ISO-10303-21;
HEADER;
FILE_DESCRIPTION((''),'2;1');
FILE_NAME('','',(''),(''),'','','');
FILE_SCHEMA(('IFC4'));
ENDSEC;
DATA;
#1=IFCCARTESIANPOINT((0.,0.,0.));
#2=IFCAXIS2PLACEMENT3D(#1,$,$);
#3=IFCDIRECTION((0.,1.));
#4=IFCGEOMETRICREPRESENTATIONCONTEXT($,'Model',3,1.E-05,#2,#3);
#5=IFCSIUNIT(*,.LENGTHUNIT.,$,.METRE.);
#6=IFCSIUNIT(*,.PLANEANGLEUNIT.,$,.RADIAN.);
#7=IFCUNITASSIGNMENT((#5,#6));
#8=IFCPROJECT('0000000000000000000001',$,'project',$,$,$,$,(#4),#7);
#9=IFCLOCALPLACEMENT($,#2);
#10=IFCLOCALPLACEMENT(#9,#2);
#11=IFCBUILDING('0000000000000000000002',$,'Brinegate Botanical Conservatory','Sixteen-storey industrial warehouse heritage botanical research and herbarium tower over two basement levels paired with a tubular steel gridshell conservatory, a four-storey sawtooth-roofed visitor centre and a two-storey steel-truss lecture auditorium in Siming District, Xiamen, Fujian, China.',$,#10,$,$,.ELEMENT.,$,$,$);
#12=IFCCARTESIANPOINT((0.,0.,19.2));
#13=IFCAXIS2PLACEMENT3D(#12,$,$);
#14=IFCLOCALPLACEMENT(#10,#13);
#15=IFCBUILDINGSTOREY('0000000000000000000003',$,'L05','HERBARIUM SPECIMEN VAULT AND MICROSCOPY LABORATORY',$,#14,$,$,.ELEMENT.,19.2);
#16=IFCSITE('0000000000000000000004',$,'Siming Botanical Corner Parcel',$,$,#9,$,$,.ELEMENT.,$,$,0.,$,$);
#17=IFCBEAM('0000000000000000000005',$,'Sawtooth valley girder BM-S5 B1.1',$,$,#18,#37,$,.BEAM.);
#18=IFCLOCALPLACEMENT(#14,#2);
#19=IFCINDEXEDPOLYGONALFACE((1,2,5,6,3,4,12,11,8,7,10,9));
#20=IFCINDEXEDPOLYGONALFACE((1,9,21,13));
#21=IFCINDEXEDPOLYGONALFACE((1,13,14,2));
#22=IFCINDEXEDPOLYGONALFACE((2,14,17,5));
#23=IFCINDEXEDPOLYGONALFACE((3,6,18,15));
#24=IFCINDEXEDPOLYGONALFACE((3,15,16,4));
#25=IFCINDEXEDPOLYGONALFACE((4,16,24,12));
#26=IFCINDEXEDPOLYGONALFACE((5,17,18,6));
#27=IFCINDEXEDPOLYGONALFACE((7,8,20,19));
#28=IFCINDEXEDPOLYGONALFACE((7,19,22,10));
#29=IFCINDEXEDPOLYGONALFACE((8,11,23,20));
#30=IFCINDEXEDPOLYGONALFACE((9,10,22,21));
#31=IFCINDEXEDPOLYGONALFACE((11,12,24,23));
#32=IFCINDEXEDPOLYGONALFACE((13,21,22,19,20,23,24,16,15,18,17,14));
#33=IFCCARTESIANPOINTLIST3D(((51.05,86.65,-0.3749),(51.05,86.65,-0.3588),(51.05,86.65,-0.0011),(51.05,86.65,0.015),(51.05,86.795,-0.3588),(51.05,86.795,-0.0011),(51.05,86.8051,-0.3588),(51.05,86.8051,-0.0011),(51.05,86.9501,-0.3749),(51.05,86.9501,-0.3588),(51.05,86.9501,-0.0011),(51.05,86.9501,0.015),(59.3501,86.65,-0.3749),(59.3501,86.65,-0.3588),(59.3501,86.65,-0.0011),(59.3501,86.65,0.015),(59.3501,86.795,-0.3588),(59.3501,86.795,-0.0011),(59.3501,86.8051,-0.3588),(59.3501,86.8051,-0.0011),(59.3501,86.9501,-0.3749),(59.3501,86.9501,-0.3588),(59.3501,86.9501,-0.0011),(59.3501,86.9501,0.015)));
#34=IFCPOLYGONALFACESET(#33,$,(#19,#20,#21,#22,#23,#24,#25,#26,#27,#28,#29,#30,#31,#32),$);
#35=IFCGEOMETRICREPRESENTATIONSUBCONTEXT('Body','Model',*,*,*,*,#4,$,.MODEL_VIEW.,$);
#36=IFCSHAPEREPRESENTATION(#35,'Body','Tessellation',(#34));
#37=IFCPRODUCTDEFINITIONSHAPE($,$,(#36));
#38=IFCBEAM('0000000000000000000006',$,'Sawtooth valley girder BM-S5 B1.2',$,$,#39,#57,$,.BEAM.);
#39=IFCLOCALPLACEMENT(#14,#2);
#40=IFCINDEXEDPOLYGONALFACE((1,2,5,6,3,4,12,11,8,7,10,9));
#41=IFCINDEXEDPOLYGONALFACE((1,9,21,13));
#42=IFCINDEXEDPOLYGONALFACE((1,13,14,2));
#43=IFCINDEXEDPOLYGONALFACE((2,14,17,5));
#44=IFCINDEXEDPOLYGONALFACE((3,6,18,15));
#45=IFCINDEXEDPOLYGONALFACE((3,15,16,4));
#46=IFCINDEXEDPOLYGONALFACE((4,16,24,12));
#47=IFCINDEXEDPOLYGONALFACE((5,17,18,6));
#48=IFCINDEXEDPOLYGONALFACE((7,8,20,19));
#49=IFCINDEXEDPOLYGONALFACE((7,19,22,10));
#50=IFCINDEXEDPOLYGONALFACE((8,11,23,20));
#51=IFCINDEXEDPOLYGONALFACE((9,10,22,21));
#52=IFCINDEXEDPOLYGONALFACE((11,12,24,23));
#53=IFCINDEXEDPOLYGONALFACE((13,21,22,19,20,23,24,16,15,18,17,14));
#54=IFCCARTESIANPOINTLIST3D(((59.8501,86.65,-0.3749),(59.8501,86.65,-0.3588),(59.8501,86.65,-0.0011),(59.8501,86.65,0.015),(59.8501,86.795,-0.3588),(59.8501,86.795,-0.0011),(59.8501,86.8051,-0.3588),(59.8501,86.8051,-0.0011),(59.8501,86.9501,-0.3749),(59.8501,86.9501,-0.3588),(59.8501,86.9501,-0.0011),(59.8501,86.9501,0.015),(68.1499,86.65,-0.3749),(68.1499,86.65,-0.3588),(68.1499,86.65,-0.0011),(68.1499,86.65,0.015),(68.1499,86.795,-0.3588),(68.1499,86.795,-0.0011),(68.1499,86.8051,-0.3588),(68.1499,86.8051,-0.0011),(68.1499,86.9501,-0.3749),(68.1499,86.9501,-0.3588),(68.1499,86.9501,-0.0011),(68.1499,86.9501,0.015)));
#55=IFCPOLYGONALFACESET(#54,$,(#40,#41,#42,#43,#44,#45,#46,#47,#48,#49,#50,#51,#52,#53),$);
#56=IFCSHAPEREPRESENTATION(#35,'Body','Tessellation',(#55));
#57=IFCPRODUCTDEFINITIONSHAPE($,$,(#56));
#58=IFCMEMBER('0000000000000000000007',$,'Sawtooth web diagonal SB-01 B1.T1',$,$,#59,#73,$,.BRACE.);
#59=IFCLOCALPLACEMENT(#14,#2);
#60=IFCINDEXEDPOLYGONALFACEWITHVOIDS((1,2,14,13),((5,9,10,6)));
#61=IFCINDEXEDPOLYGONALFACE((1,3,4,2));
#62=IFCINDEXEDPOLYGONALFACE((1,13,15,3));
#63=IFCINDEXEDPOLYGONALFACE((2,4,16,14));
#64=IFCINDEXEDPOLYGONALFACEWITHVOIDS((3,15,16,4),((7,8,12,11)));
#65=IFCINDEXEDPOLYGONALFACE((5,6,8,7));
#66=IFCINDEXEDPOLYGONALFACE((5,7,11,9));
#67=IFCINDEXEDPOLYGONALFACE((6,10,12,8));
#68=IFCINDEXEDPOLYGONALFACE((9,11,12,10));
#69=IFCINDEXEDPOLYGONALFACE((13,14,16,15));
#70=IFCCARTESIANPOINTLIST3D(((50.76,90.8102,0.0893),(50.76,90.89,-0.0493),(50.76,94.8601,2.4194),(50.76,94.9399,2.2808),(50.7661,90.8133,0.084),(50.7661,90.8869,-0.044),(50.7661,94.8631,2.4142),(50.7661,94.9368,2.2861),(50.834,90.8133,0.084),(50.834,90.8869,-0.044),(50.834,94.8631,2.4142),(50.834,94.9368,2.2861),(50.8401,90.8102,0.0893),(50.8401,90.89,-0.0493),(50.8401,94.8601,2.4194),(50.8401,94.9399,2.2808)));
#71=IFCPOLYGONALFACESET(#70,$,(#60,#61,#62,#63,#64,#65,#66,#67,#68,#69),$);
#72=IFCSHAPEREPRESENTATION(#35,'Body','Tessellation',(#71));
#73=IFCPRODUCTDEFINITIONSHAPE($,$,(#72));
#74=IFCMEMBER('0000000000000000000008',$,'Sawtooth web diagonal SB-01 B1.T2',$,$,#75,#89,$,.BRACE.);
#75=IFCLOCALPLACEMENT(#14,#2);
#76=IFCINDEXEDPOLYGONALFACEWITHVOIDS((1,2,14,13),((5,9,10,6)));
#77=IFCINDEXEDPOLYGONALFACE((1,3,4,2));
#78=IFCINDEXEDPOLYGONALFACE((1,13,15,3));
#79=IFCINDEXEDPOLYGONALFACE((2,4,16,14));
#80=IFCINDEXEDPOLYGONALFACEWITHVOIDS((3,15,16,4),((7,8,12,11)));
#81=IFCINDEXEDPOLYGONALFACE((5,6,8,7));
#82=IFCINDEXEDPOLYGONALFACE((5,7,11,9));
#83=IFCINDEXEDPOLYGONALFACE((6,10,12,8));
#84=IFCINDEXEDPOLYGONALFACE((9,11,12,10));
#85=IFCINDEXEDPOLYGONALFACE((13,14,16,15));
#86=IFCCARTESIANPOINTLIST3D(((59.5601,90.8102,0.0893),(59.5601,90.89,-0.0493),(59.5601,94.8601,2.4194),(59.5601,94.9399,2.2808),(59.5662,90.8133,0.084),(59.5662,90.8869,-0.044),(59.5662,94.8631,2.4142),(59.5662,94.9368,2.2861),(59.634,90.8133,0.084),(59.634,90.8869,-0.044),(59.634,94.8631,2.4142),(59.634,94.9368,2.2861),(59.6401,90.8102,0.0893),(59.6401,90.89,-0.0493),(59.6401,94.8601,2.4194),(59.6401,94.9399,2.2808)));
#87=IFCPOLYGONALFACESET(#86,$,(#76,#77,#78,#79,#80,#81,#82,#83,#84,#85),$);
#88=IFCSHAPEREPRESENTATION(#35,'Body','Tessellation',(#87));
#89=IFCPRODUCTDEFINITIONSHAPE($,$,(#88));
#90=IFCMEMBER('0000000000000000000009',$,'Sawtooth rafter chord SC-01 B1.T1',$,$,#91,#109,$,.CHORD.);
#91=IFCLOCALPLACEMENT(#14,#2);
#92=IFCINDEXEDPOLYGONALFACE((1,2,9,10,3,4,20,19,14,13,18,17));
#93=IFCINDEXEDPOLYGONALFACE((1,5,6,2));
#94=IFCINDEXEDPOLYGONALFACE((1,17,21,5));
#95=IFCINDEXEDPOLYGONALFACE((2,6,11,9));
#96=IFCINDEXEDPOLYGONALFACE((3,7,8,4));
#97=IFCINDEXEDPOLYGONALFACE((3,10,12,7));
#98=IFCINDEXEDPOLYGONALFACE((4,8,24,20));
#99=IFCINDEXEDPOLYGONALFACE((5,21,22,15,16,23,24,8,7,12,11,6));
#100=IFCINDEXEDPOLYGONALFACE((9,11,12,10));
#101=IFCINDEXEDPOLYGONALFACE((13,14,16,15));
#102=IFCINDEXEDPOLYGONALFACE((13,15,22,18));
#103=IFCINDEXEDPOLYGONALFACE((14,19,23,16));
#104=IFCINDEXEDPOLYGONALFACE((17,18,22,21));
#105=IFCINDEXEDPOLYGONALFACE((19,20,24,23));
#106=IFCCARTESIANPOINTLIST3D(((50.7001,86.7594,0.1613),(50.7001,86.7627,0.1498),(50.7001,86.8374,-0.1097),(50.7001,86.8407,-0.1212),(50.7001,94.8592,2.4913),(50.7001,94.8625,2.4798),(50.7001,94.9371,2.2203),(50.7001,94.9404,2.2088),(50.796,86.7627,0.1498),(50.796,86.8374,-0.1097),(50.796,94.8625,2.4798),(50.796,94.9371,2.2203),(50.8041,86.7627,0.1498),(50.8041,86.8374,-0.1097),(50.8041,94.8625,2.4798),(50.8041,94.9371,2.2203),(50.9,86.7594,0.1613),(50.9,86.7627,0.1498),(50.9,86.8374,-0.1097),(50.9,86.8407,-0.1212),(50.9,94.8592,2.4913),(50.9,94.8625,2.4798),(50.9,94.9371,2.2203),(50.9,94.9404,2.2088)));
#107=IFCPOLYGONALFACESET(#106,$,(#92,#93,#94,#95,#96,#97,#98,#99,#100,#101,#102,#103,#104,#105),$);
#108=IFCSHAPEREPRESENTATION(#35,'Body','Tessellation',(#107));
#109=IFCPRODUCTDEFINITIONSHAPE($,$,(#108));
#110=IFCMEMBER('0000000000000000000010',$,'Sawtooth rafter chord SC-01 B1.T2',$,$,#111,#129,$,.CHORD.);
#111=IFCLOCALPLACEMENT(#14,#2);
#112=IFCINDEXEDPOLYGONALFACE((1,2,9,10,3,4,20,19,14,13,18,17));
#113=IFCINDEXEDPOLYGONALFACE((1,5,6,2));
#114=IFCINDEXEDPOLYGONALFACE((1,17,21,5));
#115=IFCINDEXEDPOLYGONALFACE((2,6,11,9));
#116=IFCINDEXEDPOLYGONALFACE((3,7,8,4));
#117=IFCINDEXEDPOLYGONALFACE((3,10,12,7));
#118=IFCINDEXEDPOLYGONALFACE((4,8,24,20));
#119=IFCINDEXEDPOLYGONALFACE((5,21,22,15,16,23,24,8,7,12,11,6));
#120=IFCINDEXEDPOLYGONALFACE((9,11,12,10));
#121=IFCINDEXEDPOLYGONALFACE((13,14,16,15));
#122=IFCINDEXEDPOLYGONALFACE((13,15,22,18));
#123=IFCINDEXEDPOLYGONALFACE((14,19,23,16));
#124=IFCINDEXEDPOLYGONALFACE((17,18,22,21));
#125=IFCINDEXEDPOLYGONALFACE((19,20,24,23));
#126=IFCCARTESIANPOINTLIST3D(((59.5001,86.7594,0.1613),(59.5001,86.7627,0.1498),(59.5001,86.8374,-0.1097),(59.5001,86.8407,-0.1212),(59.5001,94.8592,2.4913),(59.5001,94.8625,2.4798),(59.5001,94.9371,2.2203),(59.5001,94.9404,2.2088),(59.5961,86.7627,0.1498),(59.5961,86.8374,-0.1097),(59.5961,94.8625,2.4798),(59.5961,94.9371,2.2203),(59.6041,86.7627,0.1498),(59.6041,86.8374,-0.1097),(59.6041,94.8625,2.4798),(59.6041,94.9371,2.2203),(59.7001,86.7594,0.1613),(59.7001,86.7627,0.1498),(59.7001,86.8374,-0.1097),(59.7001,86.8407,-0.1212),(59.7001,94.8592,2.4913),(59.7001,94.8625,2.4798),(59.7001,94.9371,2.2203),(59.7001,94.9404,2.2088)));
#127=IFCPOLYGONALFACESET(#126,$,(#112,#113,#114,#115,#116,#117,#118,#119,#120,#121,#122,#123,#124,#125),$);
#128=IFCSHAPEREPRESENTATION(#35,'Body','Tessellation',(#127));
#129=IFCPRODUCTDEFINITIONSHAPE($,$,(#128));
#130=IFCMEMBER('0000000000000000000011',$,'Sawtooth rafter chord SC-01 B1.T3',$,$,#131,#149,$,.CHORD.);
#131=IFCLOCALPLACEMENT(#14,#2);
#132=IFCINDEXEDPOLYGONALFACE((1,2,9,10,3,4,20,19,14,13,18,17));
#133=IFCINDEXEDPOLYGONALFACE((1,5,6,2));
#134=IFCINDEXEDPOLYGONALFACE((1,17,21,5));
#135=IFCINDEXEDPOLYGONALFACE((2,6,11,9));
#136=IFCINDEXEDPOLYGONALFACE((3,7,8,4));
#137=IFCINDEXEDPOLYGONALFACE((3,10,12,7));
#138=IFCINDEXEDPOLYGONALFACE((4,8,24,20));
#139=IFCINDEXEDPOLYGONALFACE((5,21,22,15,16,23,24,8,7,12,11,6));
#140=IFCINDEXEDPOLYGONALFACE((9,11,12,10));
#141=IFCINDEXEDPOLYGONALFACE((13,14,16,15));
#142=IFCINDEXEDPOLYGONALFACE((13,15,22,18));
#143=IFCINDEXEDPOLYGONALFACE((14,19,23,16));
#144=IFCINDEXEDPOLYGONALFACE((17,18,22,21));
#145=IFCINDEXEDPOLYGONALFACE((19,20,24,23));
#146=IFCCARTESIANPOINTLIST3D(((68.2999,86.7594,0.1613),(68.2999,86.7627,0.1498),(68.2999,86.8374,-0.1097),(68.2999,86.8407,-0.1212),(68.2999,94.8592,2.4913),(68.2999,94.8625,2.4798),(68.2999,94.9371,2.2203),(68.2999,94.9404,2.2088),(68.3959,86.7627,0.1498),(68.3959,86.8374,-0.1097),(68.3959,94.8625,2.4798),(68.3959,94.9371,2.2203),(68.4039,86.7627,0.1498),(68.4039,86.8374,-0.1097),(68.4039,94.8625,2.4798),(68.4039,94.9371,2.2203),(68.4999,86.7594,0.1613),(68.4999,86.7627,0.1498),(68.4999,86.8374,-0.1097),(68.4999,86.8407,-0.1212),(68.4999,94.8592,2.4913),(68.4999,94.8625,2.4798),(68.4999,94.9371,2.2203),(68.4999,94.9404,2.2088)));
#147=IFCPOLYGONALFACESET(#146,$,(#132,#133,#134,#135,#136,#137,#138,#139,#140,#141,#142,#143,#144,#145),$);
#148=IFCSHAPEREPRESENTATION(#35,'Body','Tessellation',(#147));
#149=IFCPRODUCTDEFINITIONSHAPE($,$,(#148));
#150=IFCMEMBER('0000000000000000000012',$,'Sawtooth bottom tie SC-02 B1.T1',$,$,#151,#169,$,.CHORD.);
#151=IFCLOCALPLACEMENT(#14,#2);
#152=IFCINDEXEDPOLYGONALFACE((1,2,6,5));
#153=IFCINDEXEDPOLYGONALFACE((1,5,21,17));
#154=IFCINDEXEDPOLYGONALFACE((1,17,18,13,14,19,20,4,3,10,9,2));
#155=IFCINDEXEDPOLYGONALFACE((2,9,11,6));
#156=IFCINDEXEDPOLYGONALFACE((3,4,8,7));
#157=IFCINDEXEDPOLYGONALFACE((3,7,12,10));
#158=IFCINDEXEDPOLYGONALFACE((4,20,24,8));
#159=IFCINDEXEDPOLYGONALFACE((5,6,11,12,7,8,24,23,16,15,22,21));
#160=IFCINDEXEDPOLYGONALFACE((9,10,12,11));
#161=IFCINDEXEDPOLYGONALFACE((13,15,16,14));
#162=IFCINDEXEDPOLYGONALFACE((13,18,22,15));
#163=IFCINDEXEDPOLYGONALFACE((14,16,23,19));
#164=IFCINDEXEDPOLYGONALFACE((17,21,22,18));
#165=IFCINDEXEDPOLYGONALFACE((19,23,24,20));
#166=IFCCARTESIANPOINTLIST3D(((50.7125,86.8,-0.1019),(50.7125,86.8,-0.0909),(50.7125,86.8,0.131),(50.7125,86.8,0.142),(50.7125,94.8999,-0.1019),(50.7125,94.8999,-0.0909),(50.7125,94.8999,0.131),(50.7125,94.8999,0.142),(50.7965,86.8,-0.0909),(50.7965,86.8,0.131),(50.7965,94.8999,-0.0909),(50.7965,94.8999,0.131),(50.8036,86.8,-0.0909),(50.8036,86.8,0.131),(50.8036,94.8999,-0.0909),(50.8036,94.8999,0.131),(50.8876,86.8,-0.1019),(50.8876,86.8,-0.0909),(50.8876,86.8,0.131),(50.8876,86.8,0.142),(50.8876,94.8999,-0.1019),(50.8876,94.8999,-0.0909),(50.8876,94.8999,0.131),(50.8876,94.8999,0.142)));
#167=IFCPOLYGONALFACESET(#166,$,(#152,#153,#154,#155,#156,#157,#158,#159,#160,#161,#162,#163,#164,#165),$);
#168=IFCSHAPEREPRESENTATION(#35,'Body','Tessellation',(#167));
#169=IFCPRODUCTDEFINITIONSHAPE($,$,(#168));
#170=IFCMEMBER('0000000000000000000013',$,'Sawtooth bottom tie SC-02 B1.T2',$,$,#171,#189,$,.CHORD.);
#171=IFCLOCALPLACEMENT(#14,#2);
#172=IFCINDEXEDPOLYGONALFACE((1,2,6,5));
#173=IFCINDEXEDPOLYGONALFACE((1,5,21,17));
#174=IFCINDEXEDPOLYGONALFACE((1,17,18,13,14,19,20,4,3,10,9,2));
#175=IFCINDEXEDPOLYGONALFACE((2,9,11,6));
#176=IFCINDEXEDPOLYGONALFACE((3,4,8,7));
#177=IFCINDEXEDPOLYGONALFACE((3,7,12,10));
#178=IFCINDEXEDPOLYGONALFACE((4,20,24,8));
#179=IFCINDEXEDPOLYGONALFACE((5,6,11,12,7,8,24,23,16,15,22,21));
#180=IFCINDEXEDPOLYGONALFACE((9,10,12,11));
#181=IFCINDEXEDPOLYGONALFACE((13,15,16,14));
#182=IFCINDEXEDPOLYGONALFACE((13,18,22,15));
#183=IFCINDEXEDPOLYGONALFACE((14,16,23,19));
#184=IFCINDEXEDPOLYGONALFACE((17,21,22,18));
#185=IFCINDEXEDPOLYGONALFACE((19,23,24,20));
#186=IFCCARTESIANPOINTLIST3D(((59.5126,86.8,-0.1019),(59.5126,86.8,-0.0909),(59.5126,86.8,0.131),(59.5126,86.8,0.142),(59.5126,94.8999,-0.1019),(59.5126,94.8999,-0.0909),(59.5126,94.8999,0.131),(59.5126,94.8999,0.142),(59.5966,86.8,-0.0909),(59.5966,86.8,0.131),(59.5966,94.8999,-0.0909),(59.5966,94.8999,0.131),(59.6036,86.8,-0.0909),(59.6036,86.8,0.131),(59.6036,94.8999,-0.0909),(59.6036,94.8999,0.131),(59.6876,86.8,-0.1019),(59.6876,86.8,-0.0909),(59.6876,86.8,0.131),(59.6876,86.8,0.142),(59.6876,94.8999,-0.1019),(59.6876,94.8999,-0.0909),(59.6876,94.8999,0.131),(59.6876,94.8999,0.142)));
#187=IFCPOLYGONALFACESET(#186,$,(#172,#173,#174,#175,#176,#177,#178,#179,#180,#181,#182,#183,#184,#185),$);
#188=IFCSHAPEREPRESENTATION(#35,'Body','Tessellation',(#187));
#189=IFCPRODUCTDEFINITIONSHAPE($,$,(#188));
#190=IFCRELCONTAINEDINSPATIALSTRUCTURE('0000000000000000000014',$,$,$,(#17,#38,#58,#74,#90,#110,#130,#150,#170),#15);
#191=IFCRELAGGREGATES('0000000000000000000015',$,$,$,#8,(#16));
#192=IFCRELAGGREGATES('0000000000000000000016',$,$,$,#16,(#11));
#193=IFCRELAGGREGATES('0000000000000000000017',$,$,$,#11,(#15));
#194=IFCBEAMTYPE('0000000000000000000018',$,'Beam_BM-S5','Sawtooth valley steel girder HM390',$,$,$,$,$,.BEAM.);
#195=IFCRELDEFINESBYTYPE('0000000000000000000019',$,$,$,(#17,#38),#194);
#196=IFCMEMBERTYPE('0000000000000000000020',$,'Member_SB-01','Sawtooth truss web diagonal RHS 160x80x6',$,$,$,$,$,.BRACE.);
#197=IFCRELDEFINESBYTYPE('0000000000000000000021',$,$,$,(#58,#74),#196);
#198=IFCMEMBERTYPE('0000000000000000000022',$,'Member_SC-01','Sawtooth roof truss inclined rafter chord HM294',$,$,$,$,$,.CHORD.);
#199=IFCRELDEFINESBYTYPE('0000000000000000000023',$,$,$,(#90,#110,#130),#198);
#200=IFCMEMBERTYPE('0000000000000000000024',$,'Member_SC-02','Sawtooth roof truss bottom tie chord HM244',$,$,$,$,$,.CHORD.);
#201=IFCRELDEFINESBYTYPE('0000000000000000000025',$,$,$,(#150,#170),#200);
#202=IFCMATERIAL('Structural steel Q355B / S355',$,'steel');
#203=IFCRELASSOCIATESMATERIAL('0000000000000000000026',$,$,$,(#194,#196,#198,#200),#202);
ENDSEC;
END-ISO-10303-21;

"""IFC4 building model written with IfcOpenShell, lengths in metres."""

from ifc_helpers import new_model, si_unit, direction, frame, origin, origin_2d, place, context, subcontext, project, spatial, hollow_rectangle, i_section, extrude, material, material_profile, profile_set, type_object, element, save


model = new_model("IFC4")

# Units and contexts
model_context = context("Model", 3, precision=1e-05, world=origin(), true_north=direction((0.0, 1.0)))
body_context = subcontext(model_context, "Body", "Model", "MODEL_VIEW")
ifc_project = project(units=[si_unit("LENGTHUNIT", "METRE"), si_unit("PLANEANGLEUNIT", "RADIAN")], contexts=[model_context])

# Site, building, storey
site_placement = place(None, origin())
site = spatial("IfcSite", under=ifc_project, at=site_placement, Name="Siming Botanical Corner Parcel", CompositionType="ELEMENT", RefElevation=0.0)
building_placement = place(site_placement, origin())
building = spatial("IfcBuilding", under=site, at=building_placement, Name="Brinegate Botanical Conservatory", Description="Sixteen-storey industrial warehouse heritage botanical research and herbarium tower over two basement levels paired with a tubular steel gridshell conservatory, a four-storey sawtooth-roofed visitor centre and a two-storey steel-truss lecture auditorium in Siming District, Xiamen, Fujian, China.", CompositionType="ELEMENT")
storey_placement = place(building_placement, frame((0.0, 0.0, 19.2)))
storey = spatial("IfcBuildingStorey", under=building, at=storey_placement, Name="L05", Description="HERBARIUM SPECIMEN VAULT AND MICROSCOPY LABORATORY", CompositionType="ELEMENT", Elevation=19.2)

# Beams
ifc_material_1 = material(Name="Structural steel Q355B / S355", Category="steel")
ifc_material_profile_1 = material_profile(ifc_material_1, i_section(OverallWidth=0.3, OverallDepth=0.3899, WebThickness=0.01, FlangeThickness=0.0161, at=origin_2d()), Name="HM 390x300x10x16")
ifc_profile_set_1 = profile_set([ifc_material_profile_1], Name="Structural steel Q355B / S355")
beam_type = type_object("IfcBeamType", Name="Beam_BM-S5", Description="Sawtooth valley steel girder HM390", PredefinedType="BEAM", material=ifc_profile_set_1)
beam_1_placement = place(storey_placement, frame((51.05, 86.8, -0.1799), z_axis=(1.0, 0.0, 0.0), x_axis=(0.0, 1.0, 0.0)))
element("IfcBeam", 1, at=beam_1_placement, inside=storey, type_object=beam_type, Name="Sawtooth valley girder BM-S5 B1.1", PredefinedType="BEAM", context=body_context, shape_type="SweptSolid", body=[
    extrude(i_section(OverallWidth=0.3, OverallDepth=0.3899, WebThickness=0.01, FlangeThickness=0.0161, at=origin_2d()), origin(), (0.0, 0.0, 1.0), 8.3),
])
beam_2_placement = place(storey_placement, frame((59.8501, 86.8, -0.1799), z_axis=(1.0, 0.0, 0.0), x_axis=(0.0, 1.0, 0.0)))
element("IfcBeam", 2, at=beam_2_placement, inside=storey, type_object=beam_type, Name="Sawtooth valley girder BM-S5 B1.2", PredefinedType="BEAM", context=body_context, shape_type="SweptSolid", body=[
    extrude(i_section(OverallWidth=0.3, OverallDepth=0.3899, WebThickness=0.01, FlangeThickness=0.0161, at=origin_2d()), origin(), (0.0, 0.0, 1.0), 8.2998),
])

# Members
ifc_material_profile_2 = material_profile(ifc_material_1, hollow_rectangle(XDim=0.0801, YDim=0.1599, WallThickness=0.0061, at=origin_2d()), Name="RHS 160x80x6")
ifc_profile_set_2 = profile_set([ifc_material_profile_2], Name="Structural steel Q355B / S355")
member_type_1 = type_object("IfcMemberType", Name="Member_SB-01", Description="Sawtooth truss web diagonal RHS 160x80x6", PredefinedType="BRACE", material=ifc_profile_set_2)
for number, where, z_axis, x_axis, name in (
    (3, (50.8, 90.8501, 0.02), (0.0, 0.866773, 0.498703), (-1.0, 0.0, 0.0), "Sawtooth web diagonal SB-01 B1.T1"),
    (4, (59.6001, 90.8501, 0.02), (0.0, 0.866773, 0.498703), (-1.0, 0.0, 0.0), "Sawtooth web diagonal SB-01 B1.T2"),
):
    element("IfcMember", number, at=place(storey_placement, frame(where, z_axis=z_axis, x_axis=x_axis)), inside=storey, type_object=member_type_1, Name=name, PredefinedType="BRACE", context=body_context, shape_type="SweptSolid", body=[
        extrude(hollow_rectangle(XDim=0.0801, YDim=0.1599, WallThickness=0.0061, at=origin_2d()), origin(), (0.0, 0.0, 1.0), 4.6724),
    ])
ifc_material_profile_3 = material_profile(ifc_material_1, i_section(OverallWidth=0.2, OverallDepth=0.2939, WebThickness=0.0081, FlangeThickness=0.012, at=origin_2d()), Name="HM 294x200x8x12")
ifc_profile_set_3 = profile_set([ifc_material_profile_3], Name="Structural steel Q355B / S355")
member_type_2 = type_object("IfcMemberType", Name="Member_SC-01", Description="Sawtooth roof truss inclined rafter chord HM294", PredefinedType="CHORD", material=ifc_profile_set_3)
for number, where, z_axis, x_axis, name in (
    (5, (50.8, 86.8, 0.02), (0.0, 0.961026, 0.276458), (-1.0, 0.0, 0.0), "Sawtooth rafter chord SC-01 B1.T1"),
    (6, (59.6001, 86.8, 0.02), (0.0, 0.961026, 0.276458), (-1.0, 0.0, 0.0), "Sawtooth rafter chord SC-01 B1.T2"),
    (7, (68.3999, 86.8, 0.02), (0.0, 0.961026, 0.276458), (-1.0, 0.0, 0.0), "Sawtooth rafter chord SC-01 B1.T3"),
):
    element("IfcMember", number, at=place(storey_placement, frame(where, z_axis=z_axis, x_axis=x_axis)), inside=storey, type_object=member_type_2, Name=name, PredefinedType="CHORD", context=body_context, shape_type="SweptSolid", body=[
        extrude(i_section(OverallWidth=0.2, OverallDepth=0.2939, WebThickness=0.0081, FlangeThickness=0.012, at=origin_2d()), origin(), (0.0, 0.0, 1.0), 8.4282),
    ])
ifc_material_profile_4 = material_profile(ifc_material_1, i_section(OverallWidth=0.175, OverallDepth=0.2439, WebThickness=0.0071, FlangeThickness=0.011, at=origin_2d()), Name="HM 244x175x7x11")
ifc_profile_set_4 = profile_set([ifc_material_profile_4], Name="Structural steel Q355B / S355")
member_type_3 = type_object("IfcMemberType", Name="Member_SC-02", Description="Sawtooth roof truss bottom tie chord HM244", PredefinedType="CHORD", material=ifc_profile_set_4)
for number, where, z_axis, x_axis, name in (
    (8, (50.8, 86.8, 0.02), (0.0, 1.0, 0.0), (-1.0, 0.0, 0.0), "Sawtooth bottom tie SC-02 B1.T1"),
    (9, (59.6001, 86.8, 0.02), (0.0, 1.0, 0.0), (-1.0, 0.0, 0.0), "Sawtooth bottom tie SC-02 B1.T2"),
):
    element("IfcMember", number, at=place(storey_placement, frame(where, z_axis=z_axis, x_axis=x_axis)), inside=storey, type_object=member_type_3, Name=name, PredefinedType="CHORD", context=body_context, shape_type="SweptSolid", body=[
        extrude(i_section(OverallWidth=0.175, OverallDepth=0.2439, WebThickness=0.0071, FlangeThickness=0.011, at=origin_2d()), origin(), (0.0, 0.0, 1.0), 8.0999),
    ])

save(model, "model.ifc")
